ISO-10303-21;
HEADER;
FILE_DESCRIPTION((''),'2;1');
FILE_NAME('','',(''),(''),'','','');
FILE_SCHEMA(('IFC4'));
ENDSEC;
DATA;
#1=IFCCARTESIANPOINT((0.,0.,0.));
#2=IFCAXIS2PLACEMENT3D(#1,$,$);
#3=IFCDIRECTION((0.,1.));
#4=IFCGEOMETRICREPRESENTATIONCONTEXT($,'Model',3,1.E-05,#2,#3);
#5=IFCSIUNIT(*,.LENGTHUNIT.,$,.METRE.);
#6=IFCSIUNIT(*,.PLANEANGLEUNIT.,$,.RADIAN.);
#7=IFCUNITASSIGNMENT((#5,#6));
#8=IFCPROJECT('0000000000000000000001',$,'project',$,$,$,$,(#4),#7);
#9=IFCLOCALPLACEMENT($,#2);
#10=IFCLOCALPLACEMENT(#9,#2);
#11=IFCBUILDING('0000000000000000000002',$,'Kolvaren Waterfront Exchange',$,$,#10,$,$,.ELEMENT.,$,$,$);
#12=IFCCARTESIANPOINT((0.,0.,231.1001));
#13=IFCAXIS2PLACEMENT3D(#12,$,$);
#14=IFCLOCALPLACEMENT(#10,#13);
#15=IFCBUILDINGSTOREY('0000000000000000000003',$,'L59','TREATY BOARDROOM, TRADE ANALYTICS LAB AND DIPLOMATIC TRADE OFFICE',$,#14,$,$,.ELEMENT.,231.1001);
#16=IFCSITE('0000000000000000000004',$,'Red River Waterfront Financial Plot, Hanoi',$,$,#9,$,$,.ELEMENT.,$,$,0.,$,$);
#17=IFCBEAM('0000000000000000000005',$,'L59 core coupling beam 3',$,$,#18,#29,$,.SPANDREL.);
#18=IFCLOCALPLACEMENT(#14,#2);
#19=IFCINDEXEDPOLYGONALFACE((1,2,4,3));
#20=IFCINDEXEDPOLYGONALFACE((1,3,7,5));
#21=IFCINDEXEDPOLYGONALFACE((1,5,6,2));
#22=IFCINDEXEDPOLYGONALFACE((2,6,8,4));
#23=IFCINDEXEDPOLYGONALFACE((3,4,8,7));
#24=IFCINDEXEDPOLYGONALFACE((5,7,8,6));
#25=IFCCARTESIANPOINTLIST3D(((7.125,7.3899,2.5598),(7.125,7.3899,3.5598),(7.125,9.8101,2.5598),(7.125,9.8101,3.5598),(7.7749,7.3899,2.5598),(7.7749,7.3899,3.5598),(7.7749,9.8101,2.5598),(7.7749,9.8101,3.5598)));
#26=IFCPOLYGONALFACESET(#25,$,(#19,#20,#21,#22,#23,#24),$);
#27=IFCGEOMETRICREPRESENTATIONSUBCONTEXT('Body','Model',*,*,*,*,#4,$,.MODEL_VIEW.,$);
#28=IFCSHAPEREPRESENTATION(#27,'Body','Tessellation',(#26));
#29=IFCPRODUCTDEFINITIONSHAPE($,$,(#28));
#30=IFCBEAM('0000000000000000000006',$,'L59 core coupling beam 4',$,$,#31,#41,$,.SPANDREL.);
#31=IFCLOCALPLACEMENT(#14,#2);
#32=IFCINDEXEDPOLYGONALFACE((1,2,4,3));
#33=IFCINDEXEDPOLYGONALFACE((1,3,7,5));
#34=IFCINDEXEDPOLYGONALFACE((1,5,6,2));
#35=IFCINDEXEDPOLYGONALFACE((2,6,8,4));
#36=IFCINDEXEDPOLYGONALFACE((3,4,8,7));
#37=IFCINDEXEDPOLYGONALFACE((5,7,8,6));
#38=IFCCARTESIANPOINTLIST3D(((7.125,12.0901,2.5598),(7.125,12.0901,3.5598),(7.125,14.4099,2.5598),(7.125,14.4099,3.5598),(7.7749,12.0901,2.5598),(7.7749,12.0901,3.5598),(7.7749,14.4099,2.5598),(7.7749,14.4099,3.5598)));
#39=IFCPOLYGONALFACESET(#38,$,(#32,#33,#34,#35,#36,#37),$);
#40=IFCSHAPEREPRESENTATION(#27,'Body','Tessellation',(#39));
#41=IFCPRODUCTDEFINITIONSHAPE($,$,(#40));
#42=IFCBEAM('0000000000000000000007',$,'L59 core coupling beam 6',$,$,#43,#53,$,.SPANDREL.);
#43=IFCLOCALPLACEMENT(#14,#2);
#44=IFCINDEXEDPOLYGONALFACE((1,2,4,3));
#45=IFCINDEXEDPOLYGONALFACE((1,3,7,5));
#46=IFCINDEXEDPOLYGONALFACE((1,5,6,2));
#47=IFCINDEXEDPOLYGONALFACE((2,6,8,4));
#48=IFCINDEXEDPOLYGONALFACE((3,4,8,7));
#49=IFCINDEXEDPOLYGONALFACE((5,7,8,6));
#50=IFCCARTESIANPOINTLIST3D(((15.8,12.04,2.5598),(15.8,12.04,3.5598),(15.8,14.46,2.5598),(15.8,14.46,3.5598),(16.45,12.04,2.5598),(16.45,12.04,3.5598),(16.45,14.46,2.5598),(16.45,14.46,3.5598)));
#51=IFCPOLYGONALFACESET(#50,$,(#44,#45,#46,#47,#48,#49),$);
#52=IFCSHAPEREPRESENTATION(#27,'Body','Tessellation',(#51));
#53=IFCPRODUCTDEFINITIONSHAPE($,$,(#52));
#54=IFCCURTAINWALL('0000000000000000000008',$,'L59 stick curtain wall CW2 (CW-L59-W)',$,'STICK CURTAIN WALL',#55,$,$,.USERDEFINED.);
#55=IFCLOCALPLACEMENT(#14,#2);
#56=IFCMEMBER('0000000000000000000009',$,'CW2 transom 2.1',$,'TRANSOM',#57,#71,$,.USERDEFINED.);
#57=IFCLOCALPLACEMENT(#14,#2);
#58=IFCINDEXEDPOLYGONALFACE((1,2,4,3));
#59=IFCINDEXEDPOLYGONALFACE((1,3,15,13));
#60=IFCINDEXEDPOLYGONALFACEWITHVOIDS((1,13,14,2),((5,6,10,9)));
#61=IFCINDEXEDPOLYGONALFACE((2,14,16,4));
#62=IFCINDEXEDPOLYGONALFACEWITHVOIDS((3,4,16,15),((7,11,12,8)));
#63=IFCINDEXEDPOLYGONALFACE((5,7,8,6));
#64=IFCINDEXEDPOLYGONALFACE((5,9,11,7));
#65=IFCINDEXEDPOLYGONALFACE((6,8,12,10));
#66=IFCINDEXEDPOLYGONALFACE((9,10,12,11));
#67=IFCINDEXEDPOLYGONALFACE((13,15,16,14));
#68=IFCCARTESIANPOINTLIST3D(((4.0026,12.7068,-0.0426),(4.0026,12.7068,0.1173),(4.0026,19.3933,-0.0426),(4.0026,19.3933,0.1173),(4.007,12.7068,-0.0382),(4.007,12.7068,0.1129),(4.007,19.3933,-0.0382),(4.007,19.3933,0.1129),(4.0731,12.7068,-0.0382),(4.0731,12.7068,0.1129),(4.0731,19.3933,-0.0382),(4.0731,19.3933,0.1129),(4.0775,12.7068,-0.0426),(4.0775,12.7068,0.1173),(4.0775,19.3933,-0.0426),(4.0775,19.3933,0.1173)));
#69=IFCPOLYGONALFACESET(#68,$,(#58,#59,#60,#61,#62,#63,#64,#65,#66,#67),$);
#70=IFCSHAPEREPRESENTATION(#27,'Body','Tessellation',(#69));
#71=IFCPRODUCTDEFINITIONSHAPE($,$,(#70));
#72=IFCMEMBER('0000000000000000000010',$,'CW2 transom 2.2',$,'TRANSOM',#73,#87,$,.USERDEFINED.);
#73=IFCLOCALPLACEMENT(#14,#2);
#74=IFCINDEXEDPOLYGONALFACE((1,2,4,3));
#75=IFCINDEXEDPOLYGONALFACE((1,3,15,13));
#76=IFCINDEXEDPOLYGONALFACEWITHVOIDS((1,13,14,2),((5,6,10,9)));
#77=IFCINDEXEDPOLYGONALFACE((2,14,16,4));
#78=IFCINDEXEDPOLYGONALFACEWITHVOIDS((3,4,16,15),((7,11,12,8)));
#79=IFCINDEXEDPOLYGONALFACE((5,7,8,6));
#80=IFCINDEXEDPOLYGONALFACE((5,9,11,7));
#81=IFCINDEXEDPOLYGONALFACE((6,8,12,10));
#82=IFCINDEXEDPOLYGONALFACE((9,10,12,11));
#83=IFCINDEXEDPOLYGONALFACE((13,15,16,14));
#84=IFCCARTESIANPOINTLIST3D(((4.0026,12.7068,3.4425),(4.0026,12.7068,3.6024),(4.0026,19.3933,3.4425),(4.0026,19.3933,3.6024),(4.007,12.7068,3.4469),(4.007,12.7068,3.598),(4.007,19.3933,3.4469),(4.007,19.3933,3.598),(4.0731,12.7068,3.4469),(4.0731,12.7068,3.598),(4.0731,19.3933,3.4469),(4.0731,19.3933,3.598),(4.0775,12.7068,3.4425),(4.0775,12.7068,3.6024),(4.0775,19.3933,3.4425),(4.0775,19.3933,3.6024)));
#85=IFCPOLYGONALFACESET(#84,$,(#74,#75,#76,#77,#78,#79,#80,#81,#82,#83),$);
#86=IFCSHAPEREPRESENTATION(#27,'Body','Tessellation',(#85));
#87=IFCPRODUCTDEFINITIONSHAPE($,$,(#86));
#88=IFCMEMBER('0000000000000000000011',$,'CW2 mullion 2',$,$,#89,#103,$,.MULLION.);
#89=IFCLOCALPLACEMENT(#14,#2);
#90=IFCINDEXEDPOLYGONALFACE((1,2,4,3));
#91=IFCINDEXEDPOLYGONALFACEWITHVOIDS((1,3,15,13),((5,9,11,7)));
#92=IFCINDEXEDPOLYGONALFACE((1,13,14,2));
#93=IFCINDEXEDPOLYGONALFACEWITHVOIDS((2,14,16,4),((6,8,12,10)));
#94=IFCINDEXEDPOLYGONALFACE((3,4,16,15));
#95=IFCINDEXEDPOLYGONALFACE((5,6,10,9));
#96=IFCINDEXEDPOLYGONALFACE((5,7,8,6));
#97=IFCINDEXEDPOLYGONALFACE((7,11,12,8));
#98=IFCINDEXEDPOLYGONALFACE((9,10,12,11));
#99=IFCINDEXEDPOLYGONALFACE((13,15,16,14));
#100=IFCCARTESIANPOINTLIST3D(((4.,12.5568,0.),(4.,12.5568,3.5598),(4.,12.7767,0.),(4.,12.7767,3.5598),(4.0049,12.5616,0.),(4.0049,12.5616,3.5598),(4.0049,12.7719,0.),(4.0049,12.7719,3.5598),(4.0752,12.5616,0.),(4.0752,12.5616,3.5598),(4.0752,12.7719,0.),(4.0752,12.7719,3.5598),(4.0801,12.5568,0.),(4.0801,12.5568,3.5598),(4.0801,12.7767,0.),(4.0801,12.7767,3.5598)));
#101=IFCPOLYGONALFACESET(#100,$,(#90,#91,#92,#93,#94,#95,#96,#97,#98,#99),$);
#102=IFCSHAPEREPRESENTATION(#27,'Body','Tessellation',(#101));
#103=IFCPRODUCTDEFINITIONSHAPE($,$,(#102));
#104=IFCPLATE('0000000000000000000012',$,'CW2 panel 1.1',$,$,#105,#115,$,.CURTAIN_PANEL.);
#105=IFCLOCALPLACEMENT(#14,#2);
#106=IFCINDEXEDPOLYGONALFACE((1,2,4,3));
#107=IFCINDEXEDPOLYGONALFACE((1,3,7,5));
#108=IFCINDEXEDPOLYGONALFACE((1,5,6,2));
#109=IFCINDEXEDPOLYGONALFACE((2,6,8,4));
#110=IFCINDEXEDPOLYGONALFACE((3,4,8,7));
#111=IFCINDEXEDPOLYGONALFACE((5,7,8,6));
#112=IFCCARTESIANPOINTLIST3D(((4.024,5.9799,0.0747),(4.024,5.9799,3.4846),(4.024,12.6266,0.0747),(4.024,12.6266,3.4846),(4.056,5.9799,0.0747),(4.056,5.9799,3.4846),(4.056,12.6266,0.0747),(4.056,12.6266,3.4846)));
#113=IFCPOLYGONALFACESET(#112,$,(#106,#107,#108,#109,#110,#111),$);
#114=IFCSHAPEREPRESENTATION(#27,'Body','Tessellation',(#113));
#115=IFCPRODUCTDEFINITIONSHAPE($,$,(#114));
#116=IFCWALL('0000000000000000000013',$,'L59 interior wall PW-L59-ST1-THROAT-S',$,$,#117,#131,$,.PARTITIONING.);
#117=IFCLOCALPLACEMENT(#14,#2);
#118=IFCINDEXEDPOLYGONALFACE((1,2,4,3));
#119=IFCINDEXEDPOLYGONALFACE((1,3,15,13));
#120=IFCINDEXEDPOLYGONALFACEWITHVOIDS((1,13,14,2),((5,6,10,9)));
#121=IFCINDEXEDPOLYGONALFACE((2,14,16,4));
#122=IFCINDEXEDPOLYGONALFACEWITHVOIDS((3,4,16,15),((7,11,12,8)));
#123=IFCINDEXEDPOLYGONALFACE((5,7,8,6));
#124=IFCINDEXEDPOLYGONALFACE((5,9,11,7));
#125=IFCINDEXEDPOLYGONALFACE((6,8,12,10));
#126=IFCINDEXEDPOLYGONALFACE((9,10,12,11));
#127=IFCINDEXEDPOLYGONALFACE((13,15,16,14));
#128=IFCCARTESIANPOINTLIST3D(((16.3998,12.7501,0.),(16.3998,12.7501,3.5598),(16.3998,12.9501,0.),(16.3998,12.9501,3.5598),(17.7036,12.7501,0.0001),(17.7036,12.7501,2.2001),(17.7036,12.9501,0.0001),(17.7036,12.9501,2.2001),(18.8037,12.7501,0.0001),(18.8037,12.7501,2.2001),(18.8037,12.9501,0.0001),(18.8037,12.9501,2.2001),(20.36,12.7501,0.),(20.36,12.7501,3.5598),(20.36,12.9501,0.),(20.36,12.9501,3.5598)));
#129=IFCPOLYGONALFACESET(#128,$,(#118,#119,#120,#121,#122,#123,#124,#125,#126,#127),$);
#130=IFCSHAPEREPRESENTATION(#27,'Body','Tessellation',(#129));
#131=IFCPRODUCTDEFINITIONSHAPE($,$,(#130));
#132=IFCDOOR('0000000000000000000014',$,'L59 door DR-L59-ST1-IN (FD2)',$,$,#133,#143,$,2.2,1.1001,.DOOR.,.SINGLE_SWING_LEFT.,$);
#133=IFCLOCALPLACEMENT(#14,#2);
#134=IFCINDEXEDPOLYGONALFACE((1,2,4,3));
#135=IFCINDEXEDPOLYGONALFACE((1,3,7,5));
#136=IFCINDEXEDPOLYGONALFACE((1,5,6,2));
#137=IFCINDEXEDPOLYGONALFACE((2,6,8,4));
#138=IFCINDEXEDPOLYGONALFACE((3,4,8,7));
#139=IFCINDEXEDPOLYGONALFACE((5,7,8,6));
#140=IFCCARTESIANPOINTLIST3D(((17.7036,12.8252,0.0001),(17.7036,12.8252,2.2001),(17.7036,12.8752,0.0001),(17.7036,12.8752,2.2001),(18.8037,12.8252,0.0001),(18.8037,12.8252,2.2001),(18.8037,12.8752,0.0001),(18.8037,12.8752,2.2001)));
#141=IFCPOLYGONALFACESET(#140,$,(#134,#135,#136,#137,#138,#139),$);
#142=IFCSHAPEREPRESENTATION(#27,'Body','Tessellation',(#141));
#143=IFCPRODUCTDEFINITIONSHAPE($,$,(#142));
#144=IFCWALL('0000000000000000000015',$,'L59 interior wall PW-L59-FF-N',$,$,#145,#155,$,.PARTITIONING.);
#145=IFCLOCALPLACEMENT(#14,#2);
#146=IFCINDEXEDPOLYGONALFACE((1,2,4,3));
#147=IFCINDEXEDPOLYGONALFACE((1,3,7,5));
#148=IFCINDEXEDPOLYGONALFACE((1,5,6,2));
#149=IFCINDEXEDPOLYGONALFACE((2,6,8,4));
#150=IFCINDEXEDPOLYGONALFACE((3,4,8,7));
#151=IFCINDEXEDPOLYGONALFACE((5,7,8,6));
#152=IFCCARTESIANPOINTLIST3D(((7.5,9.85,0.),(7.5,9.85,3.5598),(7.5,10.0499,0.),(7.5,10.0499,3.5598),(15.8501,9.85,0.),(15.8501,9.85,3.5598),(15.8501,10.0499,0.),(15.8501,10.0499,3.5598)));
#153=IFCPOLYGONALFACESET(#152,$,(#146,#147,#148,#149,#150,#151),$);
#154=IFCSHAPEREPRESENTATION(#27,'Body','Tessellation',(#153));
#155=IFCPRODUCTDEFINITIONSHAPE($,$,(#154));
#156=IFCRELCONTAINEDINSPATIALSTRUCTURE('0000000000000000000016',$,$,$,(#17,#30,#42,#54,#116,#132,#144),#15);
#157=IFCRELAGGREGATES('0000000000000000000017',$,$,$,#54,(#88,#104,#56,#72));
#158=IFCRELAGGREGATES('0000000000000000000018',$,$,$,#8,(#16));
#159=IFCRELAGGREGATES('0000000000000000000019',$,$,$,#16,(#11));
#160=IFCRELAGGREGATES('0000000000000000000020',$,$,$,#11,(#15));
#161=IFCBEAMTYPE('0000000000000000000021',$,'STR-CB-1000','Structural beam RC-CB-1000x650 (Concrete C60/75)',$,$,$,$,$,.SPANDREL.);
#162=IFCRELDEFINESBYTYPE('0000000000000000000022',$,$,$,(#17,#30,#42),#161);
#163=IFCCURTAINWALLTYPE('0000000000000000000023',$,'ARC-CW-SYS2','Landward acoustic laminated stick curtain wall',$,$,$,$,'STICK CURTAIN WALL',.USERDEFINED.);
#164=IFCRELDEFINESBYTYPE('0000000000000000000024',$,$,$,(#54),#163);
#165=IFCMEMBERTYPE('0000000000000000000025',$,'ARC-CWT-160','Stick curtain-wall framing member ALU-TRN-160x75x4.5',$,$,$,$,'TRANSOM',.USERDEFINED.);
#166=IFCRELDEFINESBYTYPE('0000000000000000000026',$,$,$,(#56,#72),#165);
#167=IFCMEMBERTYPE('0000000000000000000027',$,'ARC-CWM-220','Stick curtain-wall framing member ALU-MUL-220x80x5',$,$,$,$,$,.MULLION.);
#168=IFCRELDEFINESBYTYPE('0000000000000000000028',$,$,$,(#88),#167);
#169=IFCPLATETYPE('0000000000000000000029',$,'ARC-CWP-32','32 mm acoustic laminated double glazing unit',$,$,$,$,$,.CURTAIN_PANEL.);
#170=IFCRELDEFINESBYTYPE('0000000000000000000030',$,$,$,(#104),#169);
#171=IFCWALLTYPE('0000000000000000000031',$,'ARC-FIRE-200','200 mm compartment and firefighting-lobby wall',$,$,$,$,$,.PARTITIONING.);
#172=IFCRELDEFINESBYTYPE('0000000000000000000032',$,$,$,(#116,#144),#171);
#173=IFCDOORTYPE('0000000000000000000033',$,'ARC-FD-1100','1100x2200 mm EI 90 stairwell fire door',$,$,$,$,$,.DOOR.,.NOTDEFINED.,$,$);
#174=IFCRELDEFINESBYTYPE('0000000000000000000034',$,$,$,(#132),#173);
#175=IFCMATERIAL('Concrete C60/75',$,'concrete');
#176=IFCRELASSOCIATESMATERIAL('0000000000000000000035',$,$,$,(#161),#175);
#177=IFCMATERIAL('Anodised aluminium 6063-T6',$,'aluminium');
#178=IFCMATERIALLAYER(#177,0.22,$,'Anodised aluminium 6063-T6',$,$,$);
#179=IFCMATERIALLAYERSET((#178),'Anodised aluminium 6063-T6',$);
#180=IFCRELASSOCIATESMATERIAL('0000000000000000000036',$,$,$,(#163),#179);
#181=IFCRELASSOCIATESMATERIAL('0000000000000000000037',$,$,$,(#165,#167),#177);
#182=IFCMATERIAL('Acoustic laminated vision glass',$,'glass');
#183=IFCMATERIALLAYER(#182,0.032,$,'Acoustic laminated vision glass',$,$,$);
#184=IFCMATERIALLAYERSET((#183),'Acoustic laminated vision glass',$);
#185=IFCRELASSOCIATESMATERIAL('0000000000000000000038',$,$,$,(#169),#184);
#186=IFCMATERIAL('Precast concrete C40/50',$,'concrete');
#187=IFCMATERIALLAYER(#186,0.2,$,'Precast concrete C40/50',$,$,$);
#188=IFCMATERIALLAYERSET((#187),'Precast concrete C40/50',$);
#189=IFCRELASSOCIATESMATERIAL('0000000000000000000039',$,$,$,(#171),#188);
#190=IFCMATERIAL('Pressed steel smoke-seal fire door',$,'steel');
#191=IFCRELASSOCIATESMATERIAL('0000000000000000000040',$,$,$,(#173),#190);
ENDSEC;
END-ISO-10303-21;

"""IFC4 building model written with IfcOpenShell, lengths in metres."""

from ifc_helpers import new_model, si_unit, direction, frame, frame_2d, origin, origin_with_axes, origin_2d, place, context, subcontext, project, spatial, rectangle, hollow_rectangle, extrude, source, transform, mapped, material, layer, layer_set, material_profile, profile_set, type_object, element, fill, aggregate, save


model = new_model("IFC4")

# Units and contexts
model_context = context("Model", 3, precision=1e-05, world=origin(), true_north=direction((0.0, 1.0)))
body_context = subcontext(model_context, "Body", "Model", "MODEL_VIEW")
ifc_project = project(units=[si_unit("LENGTHUNIT", "METRE"), si_unit("PLANEANGLEUNIT", "RADIAN")], contexts=[model_context])

# Site, building, storey
site_placement = place(None, origin())
site = spatial("IfcSite", under=ifc_project, at=site_placement, Name="Red River Waterfront Financial Plot, Hanoi", CompositionType="ELEMENT", RefElevation=0.0)
building_placement = place(site_placement, origin())
building = spatial("IfcBuilding", under=site, at=building_placement, Name="Kolvaren Waterfront Exchange", CompositionType="ELEMENT")
storey_placement = place(building_placement, frame((0.0, 0.0, 231.1001)))
storey = spatial("IfcBuildingStorey", under=building, at=storey_placement, Name="L59", Description="TREATY BOARDROOM, TRADE ANALYTICS LAB AND DIPLOMATIC TRADE OFFICE", CompositionType="ELEMENT", Elevation=231.1001)

# Beams
ifc_material_1 = material(Name="Concrete C60/75", Category="concrete")
ifc_material_profile_1 = material_profile(ifc_material_1, rectangle(XDim=0.6499, YDim=1.0, at=origin_2d()), Name="RC-CB-1000x650")
ifc_profile_set_1 = profile_set([ifc_material_profile_1], Name="Concrete C60/75")
beam_type = type_object("IfcBeamType", Name="STR-CB-1000", Description="Structural beam RC-CB-1000x650 (Concrete C60/75)", PredefinedType="SPANDREL", material=ifc_profile_set_1)
beam_1_placement = place(storey_placement, frame((7.45, 7.3899, 3.0598), z_axis=(0.0, 1.0, 0.0), x_axis=(-1.0, 0.0, 0.0)))
element("IfcBeam", 1, at=beam_1_placement, inside=storey, type_object=beam_type, Name="L59 core coupling beam 3", PredefinedType="SPANDREL", context=body_context, shape_type="SweptSolid", body=[
    extrude(rectangle(XDim=0.6499, YDim=1.0, at=origin_2d()), origin(), (0.0, 0.0, 1.0), 2.4202),
])
beam_2_placement = place(storey_placement, frame((7.45, 12.0901, 3.0598), z_axis=(0.0, 1.0, 0.0), x_axis=(-1.0, 0.0, 0.0)))
element("IfcBeam", 2, at=beam_2_placement, inside=storey, type_object=beam_type, Name="L59 core coupling beam 4", PredefinedType="SPANDREL", context=body_context, shape_type="SweptSolid", body=[
    extrude(rectangle(XDim=0.6499, YDim=1.0, at=origin_2d()), origin(), (0.0, 0.0, 1.0), 2.3198),
])
beam_3_placement = place(storey_placement, frame((16.125, 12.04, 3.0598), z_axis=(0.0, 1.0, 0.0), x_axis=(-1.0, 0.0, 0.0)))
element("IfcBeam", 3, at=beam_3_placement, inside=storey, type_object=beam_type, Name="L59 core coupling beam 6", PredefinedType="SPANDREL", context=body_context, shape_type="SweptSolid", body=[
    extrude(rectangle(XDim=0.6499, YDim=1.0, at=origin_2d()), origin(), (0.0, 0.0, 1.0), 2.4199),
])

# Curtain wall, members, plate
ifc_material_2 = material(Name="Anodised aluminium 6063-T6", Category="aluminium")
ifc_layer_1 = layer(ifc_material_2, 0.22, Name="Anodised aluminium 6063-T6")
ifc_layer_set_1 = layer_set([ifc_layer_1], Name="Anodised aluminium 6063-T6")
curtain_wall_type = type_object("IfcCurtainWallType", Name="ARC-CW-SYS2", Description="Landward acoustic laminated stick curtain wall", ElementType="STICK CURTAIN WALL", PredefinedType="USERDEFINED", material=ifc_layer_set_1)
curtain_wall_placement = place(storey_placement, origin())
curtain_wall = element("IfcCurtainWall", 4, at=curtain_wall_placement, inside=storey, type_object=curtain_wall_type, Name="L59 stick curtain wall CW2 (CW-L59-W)", ObjectType="STICK CURTAIN WALL", PredefinedType="USERDEFINED")
ifc_material_profile_2 = material_profile(ifc_material_2, hollow_rectangle(XDim=0.075, YDim=0.1599, WallThickness=0.0044, at=origin_2d()), Name="ALU-TRN-160x75x4.5")
ifc_profile_set_2 = profile_set([ifc_material_profile_2], Name="Anodised aluminium 6063-T6")
member_type_1 = type_object("IfcMemberType", Name="ARC-CWT-160", Description="Stick curtain-wall framing member ALU-TRN-160x75x4.5", ElementType="TRANSOM", PredefinedType="USERDEFINED", material=ifc_profile_set_2)
shared_shape_1 = source(origin_with_axes(), body_context, "Body", "SweptSolid", [
    extrude(hollow_rectangle(XDim=0.075, YDim=0.1599, WallThickness=0.0044, at=origin_2d()), origin(), (0.0, 0.0, 1.0), 6.6865),
])
member_1_placement = place(storey_placement, frame((4.04, 12.7068, 0.0374), z_axis=(0.0, 1.0, 0.0), x_axis=(-1.0, 0.0, 0.0)))
member_1 = element("IfcMember", 5, at=member_1_placement, type_object=member_type_1, Name="CW2 transom 2.1", ObjectType="TRANSOM", PredefinedType="USERDEFINED", context=body_context, shape_type="MappedRepresentation", body=[
    mapped(shared_shape_1, transform((0.0, 0.0, 0.0), x_axis=(1.0, 0.0, 0.0), y_axis=(0.0, 1.0, 0.0), z_axis=(0.0, 0.0, 1.0), scale=1.0)),
])
member_2_placement = place(storey_placement, frame((4.04, 12.7068, 3.5225), z_axis=(0.0, 1.0, 0.0), x_axis=(-1.0, 0.0, 0.0)))
member_2 = element("IfcMember", 6, at=member_2_placement, type_object=member_type_1, Name="CW2 transom 2.2", ObjectType="TRANSOM", PredefinedType="USERDEFINED", context=body_context, shape_type="MappedRepresentation", body=[
    mapped(shared_shape_1, transform((0.0, 0.0, 0.0), x_axis=(1.0, 0.0, 0.0), y_axis=(0.0, 1.0, 0.0), z_axis=(0.0, 0.0, 1.0), scale=1.0)),
])
ifc_material_profile_3 = material_profile(ifc_material_2, hollow_rectangle(XDim=0.0801, YDim=0.22, WallThickness=0.0049, at=origin_2d()), Name="ALU-MUL-220x80x5")
ifc_profile_set_3 = profile_set([ifc_material_profile_3], Name="Anodised aluminium 6063-T6")
member_type_2 = type_object("IfcMemberType", Name="ARC-CWM-220", Description="Stick curtain-wall framing member ALU-MUL-220x80x5", PredefinedType="MULLION", material=ifc_profile_set_3)
shared_shape_2 = source(origin_with_axes(), body_context, "Body", "SweptSolid", [
    extrude(hollow_rectangle(XDim=0.0801, YDim=0.22, WallThickness=0.0049, at=origin_2d()), origin(), (0.0, 0.0, 1.0), 3.5598),
])
member_3_placement = place(storey_placement, frame((4.04, 12.6667, 0.0), z_axis=(0.0, 0.0, 1.0), x_axis=(-1.0, 0.0, 0.0)))
member_3 = element("IfcMember", 7, at=member_3_placement, type_object=member_type_2, Name="CW2 mullion 2", PredefinedType="MULLION", context=body_context, shape_type="MappedRepresentation", body=[
    mapped(shared_shape_2, transform((0.0, 0.0, 0.0), x_axis=(1.0, 0.0, 0.0), y_axis=(0.0, 1.0, 0.0), z_axis=(0.0, 0.0, 1.0), scale=1.0)),
])
ifc_material_3 = material(Name="Acoustic laminated vision glass", Category="glass")
ifc_layer_2 = layer(ifc_material_3, 0.032, Name="Acoustic laminated vision glass")
ifc_layer_set_2 = layer_set([ifc_layer_2], Name="Acoustic laminated vision glass")
plate_type = type_object("IfcPlateType", Name="ARC-CWP-32", Description="32 mm acoustic laminated double glazing unit", PredefinedType="CURTAIN_PANEL", material=ifc_layer_set_2)
shared_shape_3 = source(origin_with_axes(), body_context, "Body", "SweptSolid", [
    extrude(rectangle(XDim=6.6467, YDim=0.032, at=origin_2d()), origin(), (0.0, 0.0, 1.0), 3.4099),
])
plate_placement = place(storey_placement, frame((4.04, 9.3032, 0.0747), z_axis=(0.0, 0.0, 1.0), x_axis=(0.0, 1.0, 0.0)))
plate = element("IfcPlate", 8, at=plate_placement, type_object=plate_type, Name="CW2 panel 1.1", PredefinedType="CURTAIN_PANEL", context=body_context, shape_type="MappedRepresentation", body=[
    mapped(shared_shape_3, transform((0.0, 0.0, 0.0), x_axis=(1.0, 0.0, 0.0), y_axis=(0.0, 1.0, 0.0), z_axis=(0.0, 0.0, 1.0), scale=1.0)),
])
aggregate(curtain_wall, [member_3, plate, member_1, member_2])

# Wall, opening, door
ifc_material_4 = material(Name="Precast concrete C40/50", Category="concrete")
ifc_layer_3 = layer(ifc_material_4, 0.2, Name="Precast concrete C40/50")
ifc_layer_set_3 = layer_set([ifc_layer_3], Name="Precast concrete C40/50")
wall_type_1 = type_object("IfcWallType", Name="ARC-FIRE-200", Description="200 mm compartment and firefighting-lobby wall", PredefinedType="PARTITIONING", material=ifc_layer_set_3)
wall_1_placement = place(storey_placement, frame((16.3999, 12.8501, 0.0), z_axis=(0.0, 0.0, 1.0), x_axis=(1.0, 0.0, 0.0)))
wall_1 = element("IfcWall", 9, at=wall_1_placement, inside=storey, type_object=wall_type_1, Name="L59 interior wall PW-L59-ST1-THROAT-S", PredefinedType="PARTITIONING", context=body_context, shape_type="SweptSolid", body=[
    extrude(rectangle(XDim=3.9602, YDim=0.2, at=frame_2d((1.98, 0.0))), origin(), (0.0, 0.0, 1.0), 3.5598),
])
opening_1_placement = place(wall_1_placement, frame((1.3037, 0.0, 0.0)))
opening_1 = element("IfcOpeningElement", 10, at=opening_1_placement, cuts=wall_1, PredefinedType="OPENING", context=body_context, shape_type="SweptSolid", body=[
    extrude(rectangle(XDim=1.1001, YDim=2.2, at=frame_2d((0.55, 1.1001))), frame((0.0, 0.1099, 0.0), z_axis=(0.0, -1.0, 0.0), x_axis=(1.0, 0.0, 0.0)), (0.0, 0.0, 1.0), 0.22),
])
ifc_material_5 = material(Name="Pressed steel smoke-seal fire door", Category="steel")
door_type_1 = type_object("IfcDoorType", Name="ARC-FD-1100", Description="1100x2200 mm EI 90 stairwell fire door", OperationType="NOTDEFINED", PredefinedType="DOOR", material=ifc_material_5)
door_1_placement = place(opening_1_placement, frame((1.1001, 0.0, 0.0), z_axis=(0.0, 0.0, 1.0), x_axis=(-1.0, 0.0, 0.0)))
door_1 = element("IfcDoor", 11, at=door_1_placement, inside=storey, type_object=door_type_1, Name="L59 door DR-L59-ST1-IN (FD2)", OperationType="SINGLE_SWING_LEFT", OverallHeight=2.2, OverallWidth=1.1001, PredefinedType="DOOR", context=body_context, shape_type="SweptSolid", body=[
    extrude(rectangle(XDim=1.1001, YDim=2.2, at=frame_2d((0.55, 1.1001))), frame((0.0, 0.0249, 0.0), z_axis=(0.0, -1.0, 0.0), x_axis=(1.0, 0.0, 0.0)), (0.0, 0.0, 1.0), 0.05),
])
fill(opening_1, door_1)

# Wall
wall_2_placement = place(storey_placement, frame((7.5, 9.95, 0.0), z_axis=(0.0, 0.0, 1.0), x_axis=(1.0, 0.0, 0.0)))
element("IfcWall", 12, at=wall_2_placement, inside=storey, type_object=wall_type_1, Name="L59 interior wall PW-L59-FF-N", PredefinedType="PARTITIONING", context=body_context, shape_type="SweptSolid", body=[
    extrude(rectangle(XDim=8.3501, YDim=0.2, at=frame_2d((4.175, 0.0))), origin(), (0.0, 0.0, 1.0), 3.5598),
])

save(model, "model.ifc")
